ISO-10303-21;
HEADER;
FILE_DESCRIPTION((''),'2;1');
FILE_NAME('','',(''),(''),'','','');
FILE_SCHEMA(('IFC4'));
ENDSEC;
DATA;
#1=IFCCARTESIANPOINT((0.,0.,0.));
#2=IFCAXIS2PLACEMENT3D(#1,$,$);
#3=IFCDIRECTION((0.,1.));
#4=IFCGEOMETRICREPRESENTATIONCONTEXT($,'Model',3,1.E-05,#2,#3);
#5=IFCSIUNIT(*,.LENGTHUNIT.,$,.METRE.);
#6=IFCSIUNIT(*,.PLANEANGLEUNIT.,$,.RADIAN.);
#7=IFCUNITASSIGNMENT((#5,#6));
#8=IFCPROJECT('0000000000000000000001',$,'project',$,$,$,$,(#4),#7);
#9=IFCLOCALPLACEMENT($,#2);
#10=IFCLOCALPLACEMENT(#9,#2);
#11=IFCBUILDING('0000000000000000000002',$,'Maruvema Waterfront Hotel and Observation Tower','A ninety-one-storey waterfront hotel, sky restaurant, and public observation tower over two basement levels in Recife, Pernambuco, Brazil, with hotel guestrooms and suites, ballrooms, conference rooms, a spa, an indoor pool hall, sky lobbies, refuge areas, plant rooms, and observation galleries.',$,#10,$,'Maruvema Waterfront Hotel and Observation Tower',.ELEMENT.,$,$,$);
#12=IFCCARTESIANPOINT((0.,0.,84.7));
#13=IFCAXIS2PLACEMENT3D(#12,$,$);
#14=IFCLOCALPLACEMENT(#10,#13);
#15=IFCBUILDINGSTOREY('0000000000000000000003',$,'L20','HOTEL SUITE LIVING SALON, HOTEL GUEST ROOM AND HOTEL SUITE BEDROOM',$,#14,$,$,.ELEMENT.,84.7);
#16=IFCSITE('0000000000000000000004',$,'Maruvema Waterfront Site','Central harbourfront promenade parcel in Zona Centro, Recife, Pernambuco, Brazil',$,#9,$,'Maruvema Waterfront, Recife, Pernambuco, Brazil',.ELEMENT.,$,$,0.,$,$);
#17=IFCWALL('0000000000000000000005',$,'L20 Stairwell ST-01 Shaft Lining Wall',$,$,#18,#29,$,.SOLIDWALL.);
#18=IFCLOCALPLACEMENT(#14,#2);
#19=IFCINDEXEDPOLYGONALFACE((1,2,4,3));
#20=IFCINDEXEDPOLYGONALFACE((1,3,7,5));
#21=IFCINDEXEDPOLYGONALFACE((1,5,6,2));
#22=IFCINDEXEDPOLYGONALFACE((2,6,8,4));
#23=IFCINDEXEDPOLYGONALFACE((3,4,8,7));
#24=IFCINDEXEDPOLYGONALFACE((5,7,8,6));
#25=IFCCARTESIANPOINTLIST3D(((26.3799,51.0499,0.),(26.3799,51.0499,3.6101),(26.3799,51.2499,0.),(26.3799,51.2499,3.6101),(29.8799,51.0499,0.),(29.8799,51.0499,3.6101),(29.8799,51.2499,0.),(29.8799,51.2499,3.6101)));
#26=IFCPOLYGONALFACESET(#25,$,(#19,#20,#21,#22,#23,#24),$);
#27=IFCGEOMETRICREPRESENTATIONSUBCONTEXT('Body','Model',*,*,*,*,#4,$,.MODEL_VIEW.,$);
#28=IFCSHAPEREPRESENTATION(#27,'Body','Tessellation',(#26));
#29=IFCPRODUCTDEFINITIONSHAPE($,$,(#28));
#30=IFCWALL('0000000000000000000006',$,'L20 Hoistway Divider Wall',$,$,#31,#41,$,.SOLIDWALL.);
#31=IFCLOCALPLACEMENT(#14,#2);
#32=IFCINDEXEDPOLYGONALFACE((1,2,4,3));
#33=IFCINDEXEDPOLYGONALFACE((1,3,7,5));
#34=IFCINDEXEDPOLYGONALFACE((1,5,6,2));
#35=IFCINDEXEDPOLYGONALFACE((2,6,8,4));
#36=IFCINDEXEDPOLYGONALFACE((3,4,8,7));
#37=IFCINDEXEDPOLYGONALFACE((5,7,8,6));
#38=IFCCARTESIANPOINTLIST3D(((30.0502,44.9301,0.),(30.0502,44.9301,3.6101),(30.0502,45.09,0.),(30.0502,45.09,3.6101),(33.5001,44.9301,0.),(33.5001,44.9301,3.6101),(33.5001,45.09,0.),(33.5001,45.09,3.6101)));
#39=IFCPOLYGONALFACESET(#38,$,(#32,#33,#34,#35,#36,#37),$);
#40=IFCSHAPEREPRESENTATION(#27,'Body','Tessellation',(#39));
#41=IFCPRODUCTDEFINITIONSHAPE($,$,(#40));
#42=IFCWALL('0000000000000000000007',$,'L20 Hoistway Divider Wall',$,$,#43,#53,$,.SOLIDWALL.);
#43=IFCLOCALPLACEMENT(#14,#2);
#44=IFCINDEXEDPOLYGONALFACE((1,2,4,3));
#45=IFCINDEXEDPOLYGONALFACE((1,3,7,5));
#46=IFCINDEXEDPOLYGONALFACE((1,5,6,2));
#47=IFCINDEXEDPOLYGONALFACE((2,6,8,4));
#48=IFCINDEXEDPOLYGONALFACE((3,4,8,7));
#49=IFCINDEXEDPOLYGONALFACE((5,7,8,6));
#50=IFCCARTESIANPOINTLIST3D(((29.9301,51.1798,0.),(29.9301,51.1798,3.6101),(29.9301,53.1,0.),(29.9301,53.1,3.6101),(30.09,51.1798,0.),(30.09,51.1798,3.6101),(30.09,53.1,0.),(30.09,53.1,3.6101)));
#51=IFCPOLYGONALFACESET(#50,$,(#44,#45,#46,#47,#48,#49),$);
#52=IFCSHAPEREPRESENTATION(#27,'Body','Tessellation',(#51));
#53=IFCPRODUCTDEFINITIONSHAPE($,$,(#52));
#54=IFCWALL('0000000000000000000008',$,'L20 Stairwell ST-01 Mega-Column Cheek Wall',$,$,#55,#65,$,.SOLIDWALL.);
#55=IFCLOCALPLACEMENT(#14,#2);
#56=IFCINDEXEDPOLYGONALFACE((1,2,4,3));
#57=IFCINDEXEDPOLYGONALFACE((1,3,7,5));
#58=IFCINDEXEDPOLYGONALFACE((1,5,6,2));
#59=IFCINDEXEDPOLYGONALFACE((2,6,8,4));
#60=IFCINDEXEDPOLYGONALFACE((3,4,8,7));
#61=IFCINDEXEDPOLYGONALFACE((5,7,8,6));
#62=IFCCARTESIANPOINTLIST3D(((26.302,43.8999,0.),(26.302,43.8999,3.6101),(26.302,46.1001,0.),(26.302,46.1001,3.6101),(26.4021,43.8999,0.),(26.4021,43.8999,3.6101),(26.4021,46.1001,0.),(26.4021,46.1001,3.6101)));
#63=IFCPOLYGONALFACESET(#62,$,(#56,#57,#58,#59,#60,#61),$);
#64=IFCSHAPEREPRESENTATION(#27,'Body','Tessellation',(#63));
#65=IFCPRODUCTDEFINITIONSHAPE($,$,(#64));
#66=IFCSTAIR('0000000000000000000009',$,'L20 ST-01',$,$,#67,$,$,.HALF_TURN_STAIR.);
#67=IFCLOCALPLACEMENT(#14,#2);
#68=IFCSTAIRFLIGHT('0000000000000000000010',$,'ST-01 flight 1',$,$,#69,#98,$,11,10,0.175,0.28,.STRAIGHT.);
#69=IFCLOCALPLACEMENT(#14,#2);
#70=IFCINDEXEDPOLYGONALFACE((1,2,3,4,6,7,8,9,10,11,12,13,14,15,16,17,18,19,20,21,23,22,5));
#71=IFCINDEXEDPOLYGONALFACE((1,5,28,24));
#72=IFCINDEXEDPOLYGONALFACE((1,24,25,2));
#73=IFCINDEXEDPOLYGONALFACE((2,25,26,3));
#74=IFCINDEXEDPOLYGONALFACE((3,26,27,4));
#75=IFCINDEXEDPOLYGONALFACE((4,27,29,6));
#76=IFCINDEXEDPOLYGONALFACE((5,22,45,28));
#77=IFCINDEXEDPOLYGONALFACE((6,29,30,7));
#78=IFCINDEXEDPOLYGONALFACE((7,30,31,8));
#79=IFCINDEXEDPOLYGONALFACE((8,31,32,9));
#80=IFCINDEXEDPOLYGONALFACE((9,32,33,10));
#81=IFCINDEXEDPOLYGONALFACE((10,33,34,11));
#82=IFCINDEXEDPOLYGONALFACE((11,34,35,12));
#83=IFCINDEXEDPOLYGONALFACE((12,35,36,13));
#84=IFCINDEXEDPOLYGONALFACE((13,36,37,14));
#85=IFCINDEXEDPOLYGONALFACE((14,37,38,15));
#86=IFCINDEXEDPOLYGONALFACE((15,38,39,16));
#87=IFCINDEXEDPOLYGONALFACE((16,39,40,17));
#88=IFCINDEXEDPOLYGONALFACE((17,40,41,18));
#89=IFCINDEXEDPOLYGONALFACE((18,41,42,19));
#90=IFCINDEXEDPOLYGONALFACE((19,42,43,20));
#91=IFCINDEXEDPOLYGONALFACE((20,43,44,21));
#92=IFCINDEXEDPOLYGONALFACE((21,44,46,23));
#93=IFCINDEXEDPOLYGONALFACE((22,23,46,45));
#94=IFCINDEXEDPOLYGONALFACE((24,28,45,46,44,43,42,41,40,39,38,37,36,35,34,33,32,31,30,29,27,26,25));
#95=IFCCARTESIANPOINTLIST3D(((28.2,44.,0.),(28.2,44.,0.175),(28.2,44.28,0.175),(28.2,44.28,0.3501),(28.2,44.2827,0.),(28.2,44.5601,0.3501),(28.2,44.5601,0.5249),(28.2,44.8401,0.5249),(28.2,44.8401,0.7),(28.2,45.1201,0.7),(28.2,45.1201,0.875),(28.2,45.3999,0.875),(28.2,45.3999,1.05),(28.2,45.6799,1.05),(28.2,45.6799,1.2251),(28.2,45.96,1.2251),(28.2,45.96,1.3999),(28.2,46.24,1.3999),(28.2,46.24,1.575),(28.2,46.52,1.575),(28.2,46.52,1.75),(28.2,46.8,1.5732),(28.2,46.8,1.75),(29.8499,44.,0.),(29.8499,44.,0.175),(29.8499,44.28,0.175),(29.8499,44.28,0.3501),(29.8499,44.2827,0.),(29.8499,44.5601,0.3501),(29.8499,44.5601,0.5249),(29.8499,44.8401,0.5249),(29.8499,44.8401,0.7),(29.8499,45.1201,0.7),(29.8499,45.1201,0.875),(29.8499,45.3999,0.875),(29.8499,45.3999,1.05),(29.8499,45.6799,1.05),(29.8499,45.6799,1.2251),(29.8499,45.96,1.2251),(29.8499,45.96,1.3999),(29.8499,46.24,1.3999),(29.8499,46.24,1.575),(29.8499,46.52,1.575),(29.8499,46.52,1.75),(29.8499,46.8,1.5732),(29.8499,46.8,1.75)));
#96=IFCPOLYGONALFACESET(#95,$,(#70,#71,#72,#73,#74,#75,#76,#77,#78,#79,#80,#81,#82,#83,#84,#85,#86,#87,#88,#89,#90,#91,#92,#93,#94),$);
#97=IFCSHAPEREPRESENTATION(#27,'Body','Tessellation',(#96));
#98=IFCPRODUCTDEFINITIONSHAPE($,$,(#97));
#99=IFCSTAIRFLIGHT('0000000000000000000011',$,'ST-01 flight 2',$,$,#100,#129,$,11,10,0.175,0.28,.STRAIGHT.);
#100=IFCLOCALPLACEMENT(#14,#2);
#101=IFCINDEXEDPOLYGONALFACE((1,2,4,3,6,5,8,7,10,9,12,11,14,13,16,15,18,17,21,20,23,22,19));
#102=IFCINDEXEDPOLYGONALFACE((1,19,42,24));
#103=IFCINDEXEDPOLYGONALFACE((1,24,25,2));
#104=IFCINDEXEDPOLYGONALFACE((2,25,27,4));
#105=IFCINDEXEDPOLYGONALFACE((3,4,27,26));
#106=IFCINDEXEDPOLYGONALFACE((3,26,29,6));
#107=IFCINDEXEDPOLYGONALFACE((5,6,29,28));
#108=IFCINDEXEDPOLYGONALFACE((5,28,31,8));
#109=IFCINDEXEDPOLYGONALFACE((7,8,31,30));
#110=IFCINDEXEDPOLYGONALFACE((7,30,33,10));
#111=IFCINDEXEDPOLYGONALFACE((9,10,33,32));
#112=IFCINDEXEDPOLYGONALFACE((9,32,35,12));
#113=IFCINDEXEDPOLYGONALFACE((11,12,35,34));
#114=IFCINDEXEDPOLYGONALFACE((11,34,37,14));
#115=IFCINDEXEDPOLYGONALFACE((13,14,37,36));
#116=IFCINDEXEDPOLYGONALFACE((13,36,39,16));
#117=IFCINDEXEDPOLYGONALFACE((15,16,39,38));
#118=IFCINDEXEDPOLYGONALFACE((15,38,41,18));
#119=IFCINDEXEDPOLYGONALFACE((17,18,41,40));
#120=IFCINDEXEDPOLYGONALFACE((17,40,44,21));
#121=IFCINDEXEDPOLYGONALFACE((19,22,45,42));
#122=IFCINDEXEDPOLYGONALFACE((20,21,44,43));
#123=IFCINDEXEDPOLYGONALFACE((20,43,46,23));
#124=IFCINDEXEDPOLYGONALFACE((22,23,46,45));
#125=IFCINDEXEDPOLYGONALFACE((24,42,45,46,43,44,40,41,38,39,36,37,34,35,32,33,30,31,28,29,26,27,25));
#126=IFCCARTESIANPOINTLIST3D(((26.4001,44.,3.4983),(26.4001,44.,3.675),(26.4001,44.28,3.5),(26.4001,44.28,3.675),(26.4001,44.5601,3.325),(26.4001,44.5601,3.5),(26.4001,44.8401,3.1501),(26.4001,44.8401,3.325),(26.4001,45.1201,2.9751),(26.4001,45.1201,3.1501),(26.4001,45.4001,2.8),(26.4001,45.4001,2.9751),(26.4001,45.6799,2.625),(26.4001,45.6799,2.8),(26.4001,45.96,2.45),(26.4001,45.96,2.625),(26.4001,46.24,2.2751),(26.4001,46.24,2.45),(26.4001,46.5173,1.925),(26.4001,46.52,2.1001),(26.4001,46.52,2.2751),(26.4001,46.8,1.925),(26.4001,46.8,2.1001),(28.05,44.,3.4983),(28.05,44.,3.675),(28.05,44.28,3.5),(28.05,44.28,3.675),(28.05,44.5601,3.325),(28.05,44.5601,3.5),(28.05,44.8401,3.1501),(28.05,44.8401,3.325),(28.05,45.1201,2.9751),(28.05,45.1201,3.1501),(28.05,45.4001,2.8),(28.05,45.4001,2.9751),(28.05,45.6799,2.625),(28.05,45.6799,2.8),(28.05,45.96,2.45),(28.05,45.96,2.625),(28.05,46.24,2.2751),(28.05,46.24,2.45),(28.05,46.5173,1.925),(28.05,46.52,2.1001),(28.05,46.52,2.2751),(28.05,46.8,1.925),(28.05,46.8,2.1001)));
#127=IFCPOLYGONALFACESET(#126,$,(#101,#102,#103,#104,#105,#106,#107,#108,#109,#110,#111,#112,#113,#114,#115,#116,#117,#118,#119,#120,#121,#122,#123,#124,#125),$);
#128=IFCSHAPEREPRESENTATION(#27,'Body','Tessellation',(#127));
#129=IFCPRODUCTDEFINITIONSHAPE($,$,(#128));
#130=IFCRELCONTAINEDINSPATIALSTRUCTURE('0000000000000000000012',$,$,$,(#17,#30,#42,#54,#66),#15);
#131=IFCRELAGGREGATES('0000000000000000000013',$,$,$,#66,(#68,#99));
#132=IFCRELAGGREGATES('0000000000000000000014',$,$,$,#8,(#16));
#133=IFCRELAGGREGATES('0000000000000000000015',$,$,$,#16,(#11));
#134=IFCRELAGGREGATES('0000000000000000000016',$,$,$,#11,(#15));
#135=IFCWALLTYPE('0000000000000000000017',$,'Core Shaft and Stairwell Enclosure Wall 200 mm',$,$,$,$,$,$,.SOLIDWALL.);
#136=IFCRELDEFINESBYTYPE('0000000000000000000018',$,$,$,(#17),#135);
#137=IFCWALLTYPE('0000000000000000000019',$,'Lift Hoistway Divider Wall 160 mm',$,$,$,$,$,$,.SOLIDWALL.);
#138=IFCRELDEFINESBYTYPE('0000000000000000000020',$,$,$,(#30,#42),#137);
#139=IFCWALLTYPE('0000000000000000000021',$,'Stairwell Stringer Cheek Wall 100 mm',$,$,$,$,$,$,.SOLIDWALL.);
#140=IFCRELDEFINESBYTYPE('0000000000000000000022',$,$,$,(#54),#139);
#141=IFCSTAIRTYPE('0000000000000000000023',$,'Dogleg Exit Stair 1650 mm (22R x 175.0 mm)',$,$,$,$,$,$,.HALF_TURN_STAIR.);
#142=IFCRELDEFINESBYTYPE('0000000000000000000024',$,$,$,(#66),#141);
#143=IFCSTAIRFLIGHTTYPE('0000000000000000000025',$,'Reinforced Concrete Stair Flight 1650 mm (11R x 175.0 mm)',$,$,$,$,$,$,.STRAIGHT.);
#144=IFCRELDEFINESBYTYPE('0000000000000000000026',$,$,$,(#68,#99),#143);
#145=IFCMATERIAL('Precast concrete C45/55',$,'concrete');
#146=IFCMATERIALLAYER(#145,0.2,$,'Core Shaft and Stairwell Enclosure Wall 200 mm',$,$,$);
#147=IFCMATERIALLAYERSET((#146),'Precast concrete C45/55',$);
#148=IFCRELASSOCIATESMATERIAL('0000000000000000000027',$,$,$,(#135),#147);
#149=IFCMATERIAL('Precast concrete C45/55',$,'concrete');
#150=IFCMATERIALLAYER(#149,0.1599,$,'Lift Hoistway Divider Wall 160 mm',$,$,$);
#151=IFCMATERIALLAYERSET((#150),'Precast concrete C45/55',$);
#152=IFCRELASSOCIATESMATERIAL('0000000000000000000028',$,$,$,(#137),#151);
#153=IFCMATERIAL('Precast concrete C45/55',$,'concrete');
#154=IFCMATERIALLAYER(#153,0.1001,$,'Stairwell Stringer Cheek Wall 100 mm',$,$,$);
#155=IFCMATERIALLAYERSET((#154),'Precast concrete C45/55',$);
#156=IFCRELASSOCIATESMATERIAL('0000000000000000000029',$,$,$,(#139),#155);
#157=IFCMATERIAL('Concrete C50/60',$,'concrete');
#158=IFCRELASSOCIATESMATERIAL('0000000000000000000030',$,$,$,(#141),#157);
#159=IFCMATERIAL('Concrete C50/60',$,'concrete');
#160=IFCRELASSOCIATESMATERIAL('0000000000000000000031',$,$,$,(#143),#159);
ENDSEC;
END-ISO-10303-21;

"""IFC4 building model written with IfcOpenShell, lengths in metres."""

from ifc_helpers import new_model, si_unit, direction, frame, frame_2d, origin, place, context, subcontext, project, spatial, polyline, rectangle, outline, extrude, material, layer, layer_set, type_object, element, aggregate, save


model = new_model("IFC4")

# Units and contexts
model_context = context("Model", 3, precision=1e-05, world=origin(), true_north=direction((0.0, 1.0)))
body_context = subcontext(model_context, "Body", "Model", "MODEL_VIEW")
ifc_project = project(units=[si_unit("LENGTHUNIT", "METRE"), si_unit("PLANEANGLEUNIT", "RADIAN")], contexts=[model_context])

# Site, building, storey
site_placement = place(None, origin())
site = spatial("IfcSite", under=ifc_project, at=site_placement, Name="Maruvema Waterfront Site", Description="Central harbourfront promenade parcel in Zona Centro, Recife, Pernambuco, Brazil", LongName="Maruvema Waterfront, Recife, Pernambuco, Brazil", CompositionType="ELEMENT", RefElevation=0.0)
building_placement = place(site_placement, origin())
building = spatial("IfcBuilding", under=site, at=building_placement, Name="Maruvema Waterfront Hotel and Observation Tower", Description="A ninety-one-storey waterfront hotel, sky restaurant, and public observation tower over two basement levels in Recife, Pernambuco, Brazil, with hotel guestrooms and suites, ballrooms, conference rooms, a spa, an indoor pool hall, sky lobbies, refuge areas, plant rooms, and observation galleries.", LongName="Maruvema Waterfront Hotel and Observation Tower", CompositionType="ELEMENT")
storey_placement = place(building_placement, frame((0.0, 0.0, 84.7)))
storey = spatial("IfcBuildingStorey", under=building, at=storey_placement, Name="L20", Description="HOTEL SUITE LIVING SALON, HOTEL GUEST ROOM AND HOTEL SUITE BEDROOM", CompositionType="ELEMENT", Elevation=84.7)

# Wall
ifc_material_1 = material(Name="Precast concrete C45/55", Category="concrete")
ifc_layer_1 = layer(ifc_material_1, 0.2, Name="Core Shaft and Stairwell Enclosure Wall 200 mm")
ifc_layer_set_1 = layer_set([ifc_layer_1], Name="Precast concrete C45/55")
wall_type_1 = type_object("IfcWallType", Name="Core Shaft and Stairwell Enclosure Wall 200 mm", PredefinedType="SOLIDWALL", material=ifc_layer_set_1)
wall_1_placement = place(storey_placement, frame((26.3799, 51.1499, 0.0), z_axis=(0.0, 0.0, 1.0), x_axis=(1.0, 0.0, 0.0)))
element("IfcWall", 1, at=wall_1_placement, inside=storey, type_object=wall_type_1, Name="L20 Stairwell ST-01 Shaft Lining Wall", PredefinedType="SOLIDWALL", context=body_context, shape_type="SweptSolid", body=[
    extrude(rectangle(XDim=3.5, YDim=0.2, at=frame_2d((1.75, 0.0))), origin(), (0.0, 0.0, 1.0), 3.6101),
])

# Walls
ifc_material_2 = material(Name="Precast concrete C45/55", Category="concrete")
ifc_layer_2 = layer(ifc_material_2, 0.1599, Name="Lift Hoistway Divider Wall 160 mm")
ifc_layer_set_2 = layer_set([ifc_layer_2], Name="Precast concrete C45/55")
wall_type_2 = type_object("IfcWallType", Name="Lift Hoistway Divider Wall 160 mm", PredefinedType="SOLIDWALL", material=ifc_layer_set_2)
wall_2_placement = place(storey_placement, frame((30.05, 45.01, 0.0), z_axis=(0.0, 0.0, 1.0), x_axis=(1.0, 0.0, 0.0)))
element("IfcWall", 2, at=wall_2_placement, inside=storey, type_object=wall_type_2, Name="L20 Hoistway Divider Wall", PredefinedType="SOLIDWALL", context=body_context, shape_type="SweptSolid", body=[
    extrude(rectangle(XDim=3.45, YDim=0.1599, at=frame_2d((1.7251, 0.0))), origin(), (0.0, 0.0, 1.0), 3.6101),
])
wall_3_placement = place(storey_placement, frame((30.01, 51.1799, 0.0), z_axis=(0.0, 0.0, 1.0), x_axis=(0.0, 1.0, 0.0)))
element("IfcWall", 3, at=wall_3_placement, inside=storey, type_object=wall_type_2, Name="L20 Hoistway Divider Wall", PredefinedType="SOLIDWALL", context=body_context, shape_type="SweptSolid", body=[
    extrude(rectangle(XDim=1.9202, YDim=0.1599, at=frame_2d((0.96, 0.0))), origin(), (0.0, 0.0, 1.0), 3.6101),
])
ifc_material_3 = material(Name="Precast concrete C45/55", Category="concrete")
ifc_layer_3 = layer(ifc_material_3, 0.1001, Name="Stairwell Stringer Cheek Wall 100 mm")
ifc_layer_set_3 = layer_set([ifc_layer_3], Name="Precast concrete C45/55")
wall_type_3 = type_object("IfcWallType", Name="Stairwell Stringer Cheek Wall 100 mm", PredefinedType="SOLIDWALL", material=ifc_layer_set_3)
wall_4_placement = place(storey_placement, frame((26.3521, 43.8999, 0.0), z_axis=(0.0, 0.0, 1.0), x_axis=(0.0, 1.0, 0.0)))
element("IfcWall", 4, at=wall_4_placement, inside=storey, type_object=wall_type_3, Name="L20 Stairwell ST-01 Mega-Column Cheek Wall", PredefinedType="SOLIDWALL", context=body_context, shape_type="SweptSolid", body=[
    extrude(rectangle(XDim=2.2002, YDim=0.1001, at=frame_2d((1.1001, 0.0))), origin(), (0.0, 0.0, 1.0), 3.6101),
])

# Stair, stair flights
ifc_material_4 = material(Name="Concrete C50/60", Category="concrete")
stair_type = type_object("IfcStairType", Name="Dogleg Exit Stair 1650 mm (22R x 175.0 mm)", PredefinedType="HALF_TURN_STAIR", material=ifc_material_4)
stair_placement = place(storey_placement, origin())
stair = element("IfcStair", 5, at=stair_placement, inside=storey, type_object=stair_type, Name="L20 ST-01", PredefinedType="HALF_TURN_STAIR")
ifc_material_5 = material(Name="Concrete C50/60", Category="concrete")
stair_flight_type = type_object("IfcStairFlightType", Name="Reinforced Concrete Stair Flight 1650 mm (11R x 175.0 mm)", PredefinedType="STRAIGHT", material=ifc_material_5)
stair_flight_1_placement = place(storey_placement, frame((29.0249, 44.0, 0.0), z_axis=(0.0, 0.0, 1.0), x_axis=(0.0, 1.0, 0.0)))
stair_flight_1 = element("IfcStairFlight", 6, at=stair_flight_1_placement, type_object=stair_flight_type, Name="ST-01 flight 1", NumberOfRisers=11, NumberOfTreads=10, PredefinedType="STRAIGHT", RiserHeight=0.175, TreadLength=0.28, context=body_context, shape_type="SweptSolid", body=[
    extrude(outline(polyline([(0.0, 0.0), (0.0, 0.175), (0.28, 0.175), (0.28, 0.3501), (0.5601, 0.3501), (0.5601, 0.5249), (0.8401, 0.5249), (0.8401, 0.7), (1.1201, 0.7), (1.1201, 0.875), (1.3999, 0.875), (1.3999, 1.05), (1.6799, 1.05), (1.6799, 1.2251), (1.96, 1.2251), (1.96, 1.3999), (2.24, 1.3999), (2.24, 1.575), (2.52, 1.575), (2.52, 1.75), (2.8, 1.75), (2.8, 1.925), (2.8, 1.5732), (0.2827, 0.0), (0.0, 0.0)])), frame((0.0, 0.825, 0.0), z_axis=(0.0, -1.0, 0.0), x_axis=(1.0, 0.0, 0.0)), (0.0, 0.0, 1.0), 1.6499),
])
stair_flight_2_placement = place(storey_placement, frame((27.2251, 46.8, 1.925), z_axis=(0.0, 0.0, 1.0), x_axis=(0.0, -1.0, 0.0)))
stair_flight_2 = element("IfcStairFlight", 7, at=stair_flight_2_placement, type_object=stair_flight_type, Name="ST-01 flight 2", NumberOfRisers=11, NumberOfTreads=10, PredefinedType="STRAIGHT", RiserHeight=0.175, TreadLength=0.28, context=body_context, shape_type="SweptSolid", body=[
    extrude(outline(polyline([(0.0, 0.0), (0.0, 0.175), (0.28, 0.175), (0.28, 0.3501), (0.5601, 0.3501), (0.5601, 0.5249), (0.8401, 0.5249), (0.8401, 0.7), (1.1201, 0.7), (1.1201, 0.875), (1.3999, 0.875), (1.3999, 1.05), (1.6799, 1.05), (1.6799, 1.2251), (1.96, 1.2251), (1.96, 1.3999), (2.24, 1.3999), (2.24, 1.575), (2.52, 1.575), (2.52, 1.75), (2.8, 1.75), (2.8, 1.925), (2.8, 1.5732), (0.2827, 0.0), (0.0, 0.0)])), frame((0.0, 0.825, 0.0), z_axis=(0.0, -1.0, 0.0), x_axis=(1.0, 0.0, 0.0)), (0.0, 0.0, 1.0), 1.6499),
])
aggregate(stair, [stair_flight_1, stair_flight_2])

save(model, "model.ifc")
